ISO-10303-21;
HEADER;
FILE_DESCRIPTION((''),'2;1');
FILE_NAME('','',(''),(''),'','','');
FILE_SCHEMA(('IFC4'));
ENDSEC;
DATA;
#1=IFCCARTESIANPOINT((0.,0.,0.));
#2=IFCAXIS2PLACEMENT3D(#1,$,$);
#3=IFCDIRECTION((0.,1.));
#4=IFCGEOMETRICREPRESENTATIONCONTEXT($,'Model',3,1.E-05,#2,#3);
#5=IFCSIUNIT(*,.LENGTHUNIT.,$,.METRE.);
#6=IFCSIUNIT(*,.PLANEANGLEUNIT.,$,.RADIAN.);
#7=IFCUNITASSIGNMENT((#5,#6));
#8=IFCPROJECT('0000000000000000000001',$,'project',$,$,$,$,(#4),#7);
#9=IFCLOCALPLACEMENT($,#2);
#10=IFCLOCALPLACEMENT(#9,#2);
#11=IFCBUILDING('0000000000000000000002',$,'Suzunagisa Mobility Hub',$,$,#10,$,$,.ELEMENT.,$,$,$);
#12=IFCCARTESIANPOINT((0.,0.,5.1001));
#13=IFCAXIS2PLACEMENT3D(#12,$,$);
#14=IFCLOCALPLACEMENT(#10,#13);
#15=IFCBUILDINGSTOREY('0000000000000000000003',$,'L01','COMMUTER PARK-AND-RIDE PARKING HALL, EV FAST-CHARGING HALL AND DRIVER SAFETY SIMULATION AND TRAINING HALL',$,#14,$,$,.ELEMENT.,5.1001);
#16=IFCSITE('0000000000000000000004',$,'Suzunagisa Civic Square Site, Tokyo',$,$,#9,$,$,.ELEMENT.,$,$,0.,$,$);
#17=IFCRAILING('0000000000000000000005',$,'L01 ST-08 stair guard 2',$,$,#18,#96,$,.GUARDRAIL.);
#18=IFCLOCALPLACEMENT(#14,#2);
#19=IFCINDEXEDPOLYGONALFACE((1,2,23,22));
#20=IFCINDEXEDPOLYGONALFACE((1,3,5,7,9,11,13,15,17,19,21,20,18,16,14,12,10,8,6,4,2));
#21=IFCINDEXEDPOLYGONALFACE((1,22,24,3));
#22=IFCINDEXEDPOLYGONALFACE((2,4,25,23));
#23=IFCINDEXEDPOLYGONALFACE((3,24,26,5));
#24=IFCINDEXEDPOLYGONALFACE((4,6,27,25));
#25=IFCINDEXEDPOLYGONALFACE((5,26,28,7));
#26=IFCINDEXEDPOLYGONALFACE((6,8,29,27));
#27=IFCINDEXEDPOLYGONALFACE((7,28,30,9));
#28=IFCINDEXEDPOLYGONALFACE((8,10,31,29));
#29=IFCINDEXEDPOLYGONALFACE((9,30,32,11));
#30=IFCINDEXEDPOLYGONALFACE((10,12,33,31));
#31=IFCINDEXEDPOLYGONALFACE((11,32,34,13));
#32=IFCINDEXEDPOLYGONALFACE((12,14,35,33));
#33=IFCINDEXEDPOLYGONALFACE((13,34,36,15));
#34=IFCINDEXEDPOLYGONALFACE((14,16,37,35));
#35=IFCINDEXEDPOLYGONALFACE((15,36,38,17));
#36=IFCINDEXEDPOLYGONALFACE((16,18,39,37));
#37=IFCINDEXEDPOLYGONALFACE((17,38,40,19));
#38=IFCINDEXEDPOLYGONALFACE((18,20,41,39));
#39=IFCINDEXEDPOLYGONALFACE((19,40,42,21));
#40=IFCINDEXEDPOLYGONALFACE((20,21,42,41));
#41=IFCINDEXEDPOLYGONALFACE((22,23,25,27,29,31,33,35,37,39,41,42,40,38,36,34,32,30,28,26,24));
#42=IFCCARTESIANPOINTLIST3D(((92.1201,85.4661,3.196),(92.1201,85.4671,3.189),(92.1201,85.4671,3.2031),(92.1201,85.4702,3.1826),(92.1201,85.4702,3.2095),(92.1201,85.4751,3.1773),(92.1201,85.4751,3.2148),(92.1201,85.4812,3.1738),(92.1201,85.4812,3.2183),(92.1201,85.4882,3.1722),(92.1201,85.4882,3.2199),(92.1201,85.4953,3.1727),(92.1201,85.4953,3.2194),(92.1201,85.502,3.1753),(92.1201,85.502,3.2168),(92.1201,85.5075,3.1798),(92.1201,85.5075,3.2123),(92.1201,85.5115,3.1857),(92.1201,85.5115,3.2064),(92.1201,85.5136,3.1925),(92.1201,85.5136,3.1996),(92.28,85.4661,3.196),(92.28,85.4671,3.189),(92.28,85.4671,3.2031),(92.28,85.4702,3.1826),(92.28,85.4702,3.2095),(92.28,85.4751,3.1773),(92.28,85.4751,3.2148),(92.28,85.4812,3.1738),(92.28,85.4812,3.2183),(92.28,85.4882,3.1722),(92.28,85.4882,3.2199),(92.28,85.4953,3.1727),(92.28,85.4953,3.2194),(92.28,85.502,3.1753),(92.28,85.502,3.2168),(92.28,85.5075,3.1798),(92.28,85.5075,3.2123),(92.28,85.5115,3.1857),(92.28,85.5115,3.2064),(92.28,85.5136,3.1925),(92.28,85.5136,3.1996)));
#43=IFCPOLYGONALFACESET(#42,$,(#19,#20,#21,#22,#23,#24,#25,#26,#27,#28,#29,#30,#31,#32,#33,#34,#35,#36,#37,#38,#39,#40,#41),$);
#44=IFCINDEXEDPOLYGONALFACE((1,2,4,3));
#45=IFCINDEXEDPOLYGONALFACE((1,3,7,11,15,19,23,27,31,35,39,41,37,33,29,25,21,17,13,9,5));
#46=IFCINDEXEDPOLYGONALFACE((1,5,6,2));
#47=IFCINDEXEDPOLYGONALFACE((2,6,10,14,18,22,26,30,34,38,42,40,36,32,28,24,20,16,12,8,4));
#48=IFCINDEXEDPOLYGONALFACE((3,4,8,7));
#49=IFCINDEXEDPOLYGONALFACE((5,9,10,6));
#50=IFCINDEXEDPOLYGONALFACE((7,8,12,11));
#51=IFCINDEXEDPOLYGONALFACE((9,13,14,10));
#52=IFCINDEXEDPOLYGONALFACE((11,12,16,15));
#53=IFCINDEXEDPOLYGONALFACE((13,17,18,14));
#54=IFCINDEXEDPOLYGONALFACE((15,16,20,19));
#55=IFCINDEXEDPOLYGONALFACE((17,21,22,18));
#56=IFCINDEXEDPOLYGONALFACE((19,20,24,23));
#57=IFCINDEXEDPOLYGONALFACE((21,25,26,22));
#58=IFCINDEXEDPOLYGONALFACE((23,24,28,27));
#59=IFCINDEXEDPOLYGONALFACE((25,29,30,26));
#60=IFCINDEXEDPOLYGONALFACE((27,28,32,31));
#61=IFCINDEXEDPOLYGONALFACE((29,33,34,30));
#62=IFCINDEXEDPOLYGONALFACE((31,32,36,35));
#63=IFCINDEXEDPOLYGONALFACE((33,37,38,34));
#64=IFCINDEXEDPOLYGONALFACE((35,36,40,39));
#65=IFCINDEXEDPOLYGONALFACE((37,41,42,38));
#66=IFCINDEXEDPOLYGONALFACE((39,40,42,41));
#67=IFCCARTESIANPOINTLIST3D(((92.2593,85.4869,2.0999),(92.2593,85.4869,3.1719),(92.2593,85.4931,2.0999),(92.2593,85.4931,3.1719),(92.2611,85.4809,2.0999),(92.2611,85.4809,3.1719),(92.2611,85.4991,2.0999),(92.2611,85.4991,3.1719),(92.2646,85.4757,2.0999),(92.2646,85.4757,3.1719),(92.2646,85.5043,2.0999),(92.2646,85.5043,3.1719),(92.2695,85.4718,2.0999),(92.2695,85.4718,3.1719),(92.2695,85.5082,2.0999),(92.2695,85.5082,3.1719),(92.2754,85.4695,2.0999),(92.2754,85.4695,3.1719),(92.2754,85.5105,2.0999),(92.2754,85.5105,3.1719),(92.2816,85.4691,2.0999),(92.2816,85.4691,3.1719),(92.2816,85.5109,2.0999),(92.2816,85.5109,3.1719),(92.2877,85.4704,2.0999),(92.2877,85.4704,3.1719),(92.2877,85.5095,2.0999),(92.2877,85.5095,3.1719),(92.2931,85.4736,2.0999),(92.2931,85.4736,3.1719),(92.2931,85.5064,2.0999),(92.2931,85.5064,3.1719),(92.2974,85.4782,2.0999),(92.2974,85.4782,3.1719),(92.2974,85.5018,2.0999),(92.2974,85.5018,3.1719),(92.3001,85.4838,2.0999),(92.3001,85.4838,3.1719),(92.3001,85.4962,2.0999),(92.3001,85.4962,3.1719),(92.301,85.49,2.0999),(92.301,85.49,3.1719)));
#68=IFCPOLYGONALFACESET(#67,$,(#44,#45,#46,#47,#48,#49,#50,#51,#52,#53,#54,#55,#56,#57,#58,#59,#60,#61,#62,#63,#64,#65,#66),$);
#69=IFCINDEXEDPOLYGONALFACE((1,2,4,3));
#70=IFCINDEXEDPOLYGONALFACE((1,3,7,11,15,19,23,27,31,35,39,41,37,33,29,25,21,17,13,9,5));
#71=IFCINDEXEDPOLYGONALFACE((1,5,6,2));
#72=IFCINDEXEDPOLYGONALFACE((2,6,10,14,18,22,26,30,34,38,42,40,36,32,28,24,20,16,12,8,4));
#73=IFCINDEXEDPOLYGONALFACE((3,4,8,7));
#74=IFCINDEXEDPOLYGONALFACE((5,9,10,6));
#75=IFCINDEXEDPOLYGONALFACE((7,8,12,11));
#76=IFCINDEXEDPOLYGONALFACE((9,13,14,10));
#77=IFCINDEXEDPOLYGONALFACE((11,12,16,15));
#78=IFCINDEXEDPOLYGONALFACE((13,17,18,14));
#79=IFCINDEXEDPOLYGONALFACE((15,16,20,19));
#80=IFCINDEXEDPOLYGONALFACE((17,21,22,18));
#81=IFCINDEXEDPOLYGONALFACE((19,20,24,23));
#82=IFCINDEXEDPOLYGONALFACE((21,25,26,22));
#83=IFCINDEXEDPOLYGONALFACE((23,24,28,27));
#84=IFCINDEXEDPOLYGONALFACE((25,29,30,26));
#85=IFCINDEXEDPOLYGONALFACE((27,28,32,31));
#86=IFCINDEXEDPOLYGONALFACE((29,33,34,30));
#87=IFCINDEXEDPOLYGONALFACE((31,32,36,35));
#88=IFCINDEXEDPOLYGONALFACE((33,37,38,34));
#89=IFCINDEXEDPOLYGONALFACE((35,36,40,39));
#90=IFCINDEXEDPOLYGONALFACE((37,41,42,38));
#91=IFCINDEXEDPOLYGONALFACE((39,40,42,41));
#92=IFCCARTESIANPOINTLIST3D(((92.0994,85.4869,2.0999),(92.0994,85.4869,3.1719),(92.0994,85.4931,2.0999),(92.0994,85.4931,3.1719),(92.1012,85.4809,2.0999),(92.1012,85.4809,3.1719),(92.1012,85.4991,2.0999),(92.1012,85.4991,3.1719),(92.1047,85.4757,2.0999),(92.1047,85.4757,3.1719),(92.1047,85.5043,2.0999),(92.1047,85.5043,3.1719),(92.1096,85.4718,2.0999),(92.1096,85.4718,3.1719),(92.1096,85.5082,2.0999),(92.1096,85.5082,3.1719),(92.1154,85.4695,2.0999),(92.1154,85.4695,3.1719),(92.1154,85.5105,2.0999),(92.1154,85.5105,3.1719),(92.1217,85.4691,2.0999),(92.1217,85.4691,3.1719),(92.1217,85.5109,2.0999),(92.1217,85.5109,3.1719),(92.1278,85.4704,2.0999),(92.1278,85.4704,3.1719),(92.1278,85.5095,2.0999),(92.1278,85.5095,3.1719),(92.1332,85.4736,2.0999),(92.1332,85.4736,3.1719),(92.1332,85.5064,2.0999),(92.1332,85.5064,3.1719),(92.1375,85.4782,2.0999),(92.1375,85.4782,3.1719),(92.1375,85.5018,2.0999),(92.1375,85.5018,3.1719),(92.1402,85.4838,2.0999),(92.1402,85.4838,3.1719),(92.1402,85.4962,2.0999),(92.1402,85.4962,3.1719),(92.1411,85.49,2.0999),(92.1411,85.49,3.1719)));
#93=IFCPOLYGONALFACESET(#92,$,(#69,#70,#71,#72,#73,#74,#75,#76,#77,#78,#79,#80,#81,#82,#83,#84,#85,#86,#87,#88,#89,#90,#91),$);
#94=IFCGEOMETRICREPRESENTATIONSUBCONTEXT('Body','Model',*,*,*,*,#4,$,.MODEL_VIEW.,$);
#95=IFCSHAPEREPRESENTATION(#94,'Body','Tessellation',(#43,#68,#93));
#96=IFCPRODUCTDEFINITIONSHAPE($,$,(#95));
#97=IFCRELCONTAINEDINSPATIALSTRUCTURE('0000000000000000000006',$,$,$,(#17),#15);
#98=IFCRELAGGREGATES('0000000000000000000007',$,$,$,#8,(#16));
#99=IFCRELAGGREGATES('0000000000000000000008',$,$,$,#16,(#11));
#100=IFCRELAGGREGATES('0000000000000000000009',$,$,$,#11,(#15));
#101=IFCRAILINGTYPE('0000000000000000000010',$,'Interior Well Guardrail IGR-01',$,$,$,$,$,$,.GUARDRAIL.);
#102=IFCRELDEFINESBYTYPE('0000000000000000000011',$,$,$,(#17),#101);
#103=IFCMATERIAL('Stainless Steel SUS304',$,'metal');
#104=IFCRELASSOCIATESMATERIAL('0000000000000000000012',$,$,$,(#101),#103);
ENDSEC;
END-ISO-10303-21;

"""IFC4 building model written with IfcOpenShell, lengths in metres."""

from ifc_helpers import new_model, si_unit, direction, frame, origin, origin_2d, place, context, subcontext, project, spatial, circle, extrude, material, type_object, element, save


model = new_model("IFC4")

# Units and contexts
model_context = context("Model", 3, precision=1e-05, world=origin(), true_north=direction((0.0, 1.0)))
body_context = subcontext(model_context, "Body", "Model", "MODEL_VIEW")
ifc_project = project(units=[si_unit("LENGTHUNIT", "METRE"), si_unit("PLANEANGLEUNIT", "RADIAN")], contexts=[model_context])

# Site, building, storey
site_placement = place(None, origin())
site = spatial("IfcSite", under=ifc_project, at=site_placement, Name="Suzunagisa Civic Square Site, Tokyo", CompositionType="ELEMENT", RefElevation=0.0)
building_placement = place(site_placement, origin())
building = spatial("IfcBuilding", under=site, at=building_placement, Name="Suzunagisa Mobility Hub", CompositionType="ELEMENT")
storey_placement = place(building_placement, frame((0.0, 0.0, 5.1001)))
storey = spatial("IfcBuildingStorey", under=building, at=storey_placement, Name="L01", Description="COMMUTER PARK-AND-RIDE PARKING HALL, EV FAST-CHARGING HALL AND DRIVER SAFETY SIMULATION AND TRAINING HALL", CompositionType="ELEMENT", Elevation=5.1001)

# Railing
ifc_material_1 = material(Name="Stainless Steel SUS304", Category="metal")
railing_type_1 = type_object("IfcRailingType", Name="Interior Well Guardrail IGR-01", PredefinedType="GUARDRAIL", material=ifc_material_1)
railing_1_placement = place(storey_placement, frame((92.28, 85.49, 2.0999)))
element("IfcRailing", 1, at=railing_1_placement, inside=storey, type_object=railing_type_1, Name="L01 ST-08 stair guard 2", PredefinedType="GUARDRAIL", context=body_context, shape_type="SweptSolid", body=[
    extrude(circle(Radius=0.0239, at=origin_2d()), frame((0.0, 0.0, 1.0962), z_axis=(-1.0, 0.0, 0.0), x_axis=(0.0, -1.0, 0.0)), (0.0, 0.0, 1.0), 0.1599),
    extrude(circle(Radius=0.021, at=origin_2d()), origin(), (0.0, 0.0, 1.0), 1.072),
    extrude(circle(Radius=0.021, at=origin_2d()), frame((-0.1599, 0.0, 0.0)), (0.0, 0.0, 1.0), 1.072),
])

save(model, "model.ifc")
